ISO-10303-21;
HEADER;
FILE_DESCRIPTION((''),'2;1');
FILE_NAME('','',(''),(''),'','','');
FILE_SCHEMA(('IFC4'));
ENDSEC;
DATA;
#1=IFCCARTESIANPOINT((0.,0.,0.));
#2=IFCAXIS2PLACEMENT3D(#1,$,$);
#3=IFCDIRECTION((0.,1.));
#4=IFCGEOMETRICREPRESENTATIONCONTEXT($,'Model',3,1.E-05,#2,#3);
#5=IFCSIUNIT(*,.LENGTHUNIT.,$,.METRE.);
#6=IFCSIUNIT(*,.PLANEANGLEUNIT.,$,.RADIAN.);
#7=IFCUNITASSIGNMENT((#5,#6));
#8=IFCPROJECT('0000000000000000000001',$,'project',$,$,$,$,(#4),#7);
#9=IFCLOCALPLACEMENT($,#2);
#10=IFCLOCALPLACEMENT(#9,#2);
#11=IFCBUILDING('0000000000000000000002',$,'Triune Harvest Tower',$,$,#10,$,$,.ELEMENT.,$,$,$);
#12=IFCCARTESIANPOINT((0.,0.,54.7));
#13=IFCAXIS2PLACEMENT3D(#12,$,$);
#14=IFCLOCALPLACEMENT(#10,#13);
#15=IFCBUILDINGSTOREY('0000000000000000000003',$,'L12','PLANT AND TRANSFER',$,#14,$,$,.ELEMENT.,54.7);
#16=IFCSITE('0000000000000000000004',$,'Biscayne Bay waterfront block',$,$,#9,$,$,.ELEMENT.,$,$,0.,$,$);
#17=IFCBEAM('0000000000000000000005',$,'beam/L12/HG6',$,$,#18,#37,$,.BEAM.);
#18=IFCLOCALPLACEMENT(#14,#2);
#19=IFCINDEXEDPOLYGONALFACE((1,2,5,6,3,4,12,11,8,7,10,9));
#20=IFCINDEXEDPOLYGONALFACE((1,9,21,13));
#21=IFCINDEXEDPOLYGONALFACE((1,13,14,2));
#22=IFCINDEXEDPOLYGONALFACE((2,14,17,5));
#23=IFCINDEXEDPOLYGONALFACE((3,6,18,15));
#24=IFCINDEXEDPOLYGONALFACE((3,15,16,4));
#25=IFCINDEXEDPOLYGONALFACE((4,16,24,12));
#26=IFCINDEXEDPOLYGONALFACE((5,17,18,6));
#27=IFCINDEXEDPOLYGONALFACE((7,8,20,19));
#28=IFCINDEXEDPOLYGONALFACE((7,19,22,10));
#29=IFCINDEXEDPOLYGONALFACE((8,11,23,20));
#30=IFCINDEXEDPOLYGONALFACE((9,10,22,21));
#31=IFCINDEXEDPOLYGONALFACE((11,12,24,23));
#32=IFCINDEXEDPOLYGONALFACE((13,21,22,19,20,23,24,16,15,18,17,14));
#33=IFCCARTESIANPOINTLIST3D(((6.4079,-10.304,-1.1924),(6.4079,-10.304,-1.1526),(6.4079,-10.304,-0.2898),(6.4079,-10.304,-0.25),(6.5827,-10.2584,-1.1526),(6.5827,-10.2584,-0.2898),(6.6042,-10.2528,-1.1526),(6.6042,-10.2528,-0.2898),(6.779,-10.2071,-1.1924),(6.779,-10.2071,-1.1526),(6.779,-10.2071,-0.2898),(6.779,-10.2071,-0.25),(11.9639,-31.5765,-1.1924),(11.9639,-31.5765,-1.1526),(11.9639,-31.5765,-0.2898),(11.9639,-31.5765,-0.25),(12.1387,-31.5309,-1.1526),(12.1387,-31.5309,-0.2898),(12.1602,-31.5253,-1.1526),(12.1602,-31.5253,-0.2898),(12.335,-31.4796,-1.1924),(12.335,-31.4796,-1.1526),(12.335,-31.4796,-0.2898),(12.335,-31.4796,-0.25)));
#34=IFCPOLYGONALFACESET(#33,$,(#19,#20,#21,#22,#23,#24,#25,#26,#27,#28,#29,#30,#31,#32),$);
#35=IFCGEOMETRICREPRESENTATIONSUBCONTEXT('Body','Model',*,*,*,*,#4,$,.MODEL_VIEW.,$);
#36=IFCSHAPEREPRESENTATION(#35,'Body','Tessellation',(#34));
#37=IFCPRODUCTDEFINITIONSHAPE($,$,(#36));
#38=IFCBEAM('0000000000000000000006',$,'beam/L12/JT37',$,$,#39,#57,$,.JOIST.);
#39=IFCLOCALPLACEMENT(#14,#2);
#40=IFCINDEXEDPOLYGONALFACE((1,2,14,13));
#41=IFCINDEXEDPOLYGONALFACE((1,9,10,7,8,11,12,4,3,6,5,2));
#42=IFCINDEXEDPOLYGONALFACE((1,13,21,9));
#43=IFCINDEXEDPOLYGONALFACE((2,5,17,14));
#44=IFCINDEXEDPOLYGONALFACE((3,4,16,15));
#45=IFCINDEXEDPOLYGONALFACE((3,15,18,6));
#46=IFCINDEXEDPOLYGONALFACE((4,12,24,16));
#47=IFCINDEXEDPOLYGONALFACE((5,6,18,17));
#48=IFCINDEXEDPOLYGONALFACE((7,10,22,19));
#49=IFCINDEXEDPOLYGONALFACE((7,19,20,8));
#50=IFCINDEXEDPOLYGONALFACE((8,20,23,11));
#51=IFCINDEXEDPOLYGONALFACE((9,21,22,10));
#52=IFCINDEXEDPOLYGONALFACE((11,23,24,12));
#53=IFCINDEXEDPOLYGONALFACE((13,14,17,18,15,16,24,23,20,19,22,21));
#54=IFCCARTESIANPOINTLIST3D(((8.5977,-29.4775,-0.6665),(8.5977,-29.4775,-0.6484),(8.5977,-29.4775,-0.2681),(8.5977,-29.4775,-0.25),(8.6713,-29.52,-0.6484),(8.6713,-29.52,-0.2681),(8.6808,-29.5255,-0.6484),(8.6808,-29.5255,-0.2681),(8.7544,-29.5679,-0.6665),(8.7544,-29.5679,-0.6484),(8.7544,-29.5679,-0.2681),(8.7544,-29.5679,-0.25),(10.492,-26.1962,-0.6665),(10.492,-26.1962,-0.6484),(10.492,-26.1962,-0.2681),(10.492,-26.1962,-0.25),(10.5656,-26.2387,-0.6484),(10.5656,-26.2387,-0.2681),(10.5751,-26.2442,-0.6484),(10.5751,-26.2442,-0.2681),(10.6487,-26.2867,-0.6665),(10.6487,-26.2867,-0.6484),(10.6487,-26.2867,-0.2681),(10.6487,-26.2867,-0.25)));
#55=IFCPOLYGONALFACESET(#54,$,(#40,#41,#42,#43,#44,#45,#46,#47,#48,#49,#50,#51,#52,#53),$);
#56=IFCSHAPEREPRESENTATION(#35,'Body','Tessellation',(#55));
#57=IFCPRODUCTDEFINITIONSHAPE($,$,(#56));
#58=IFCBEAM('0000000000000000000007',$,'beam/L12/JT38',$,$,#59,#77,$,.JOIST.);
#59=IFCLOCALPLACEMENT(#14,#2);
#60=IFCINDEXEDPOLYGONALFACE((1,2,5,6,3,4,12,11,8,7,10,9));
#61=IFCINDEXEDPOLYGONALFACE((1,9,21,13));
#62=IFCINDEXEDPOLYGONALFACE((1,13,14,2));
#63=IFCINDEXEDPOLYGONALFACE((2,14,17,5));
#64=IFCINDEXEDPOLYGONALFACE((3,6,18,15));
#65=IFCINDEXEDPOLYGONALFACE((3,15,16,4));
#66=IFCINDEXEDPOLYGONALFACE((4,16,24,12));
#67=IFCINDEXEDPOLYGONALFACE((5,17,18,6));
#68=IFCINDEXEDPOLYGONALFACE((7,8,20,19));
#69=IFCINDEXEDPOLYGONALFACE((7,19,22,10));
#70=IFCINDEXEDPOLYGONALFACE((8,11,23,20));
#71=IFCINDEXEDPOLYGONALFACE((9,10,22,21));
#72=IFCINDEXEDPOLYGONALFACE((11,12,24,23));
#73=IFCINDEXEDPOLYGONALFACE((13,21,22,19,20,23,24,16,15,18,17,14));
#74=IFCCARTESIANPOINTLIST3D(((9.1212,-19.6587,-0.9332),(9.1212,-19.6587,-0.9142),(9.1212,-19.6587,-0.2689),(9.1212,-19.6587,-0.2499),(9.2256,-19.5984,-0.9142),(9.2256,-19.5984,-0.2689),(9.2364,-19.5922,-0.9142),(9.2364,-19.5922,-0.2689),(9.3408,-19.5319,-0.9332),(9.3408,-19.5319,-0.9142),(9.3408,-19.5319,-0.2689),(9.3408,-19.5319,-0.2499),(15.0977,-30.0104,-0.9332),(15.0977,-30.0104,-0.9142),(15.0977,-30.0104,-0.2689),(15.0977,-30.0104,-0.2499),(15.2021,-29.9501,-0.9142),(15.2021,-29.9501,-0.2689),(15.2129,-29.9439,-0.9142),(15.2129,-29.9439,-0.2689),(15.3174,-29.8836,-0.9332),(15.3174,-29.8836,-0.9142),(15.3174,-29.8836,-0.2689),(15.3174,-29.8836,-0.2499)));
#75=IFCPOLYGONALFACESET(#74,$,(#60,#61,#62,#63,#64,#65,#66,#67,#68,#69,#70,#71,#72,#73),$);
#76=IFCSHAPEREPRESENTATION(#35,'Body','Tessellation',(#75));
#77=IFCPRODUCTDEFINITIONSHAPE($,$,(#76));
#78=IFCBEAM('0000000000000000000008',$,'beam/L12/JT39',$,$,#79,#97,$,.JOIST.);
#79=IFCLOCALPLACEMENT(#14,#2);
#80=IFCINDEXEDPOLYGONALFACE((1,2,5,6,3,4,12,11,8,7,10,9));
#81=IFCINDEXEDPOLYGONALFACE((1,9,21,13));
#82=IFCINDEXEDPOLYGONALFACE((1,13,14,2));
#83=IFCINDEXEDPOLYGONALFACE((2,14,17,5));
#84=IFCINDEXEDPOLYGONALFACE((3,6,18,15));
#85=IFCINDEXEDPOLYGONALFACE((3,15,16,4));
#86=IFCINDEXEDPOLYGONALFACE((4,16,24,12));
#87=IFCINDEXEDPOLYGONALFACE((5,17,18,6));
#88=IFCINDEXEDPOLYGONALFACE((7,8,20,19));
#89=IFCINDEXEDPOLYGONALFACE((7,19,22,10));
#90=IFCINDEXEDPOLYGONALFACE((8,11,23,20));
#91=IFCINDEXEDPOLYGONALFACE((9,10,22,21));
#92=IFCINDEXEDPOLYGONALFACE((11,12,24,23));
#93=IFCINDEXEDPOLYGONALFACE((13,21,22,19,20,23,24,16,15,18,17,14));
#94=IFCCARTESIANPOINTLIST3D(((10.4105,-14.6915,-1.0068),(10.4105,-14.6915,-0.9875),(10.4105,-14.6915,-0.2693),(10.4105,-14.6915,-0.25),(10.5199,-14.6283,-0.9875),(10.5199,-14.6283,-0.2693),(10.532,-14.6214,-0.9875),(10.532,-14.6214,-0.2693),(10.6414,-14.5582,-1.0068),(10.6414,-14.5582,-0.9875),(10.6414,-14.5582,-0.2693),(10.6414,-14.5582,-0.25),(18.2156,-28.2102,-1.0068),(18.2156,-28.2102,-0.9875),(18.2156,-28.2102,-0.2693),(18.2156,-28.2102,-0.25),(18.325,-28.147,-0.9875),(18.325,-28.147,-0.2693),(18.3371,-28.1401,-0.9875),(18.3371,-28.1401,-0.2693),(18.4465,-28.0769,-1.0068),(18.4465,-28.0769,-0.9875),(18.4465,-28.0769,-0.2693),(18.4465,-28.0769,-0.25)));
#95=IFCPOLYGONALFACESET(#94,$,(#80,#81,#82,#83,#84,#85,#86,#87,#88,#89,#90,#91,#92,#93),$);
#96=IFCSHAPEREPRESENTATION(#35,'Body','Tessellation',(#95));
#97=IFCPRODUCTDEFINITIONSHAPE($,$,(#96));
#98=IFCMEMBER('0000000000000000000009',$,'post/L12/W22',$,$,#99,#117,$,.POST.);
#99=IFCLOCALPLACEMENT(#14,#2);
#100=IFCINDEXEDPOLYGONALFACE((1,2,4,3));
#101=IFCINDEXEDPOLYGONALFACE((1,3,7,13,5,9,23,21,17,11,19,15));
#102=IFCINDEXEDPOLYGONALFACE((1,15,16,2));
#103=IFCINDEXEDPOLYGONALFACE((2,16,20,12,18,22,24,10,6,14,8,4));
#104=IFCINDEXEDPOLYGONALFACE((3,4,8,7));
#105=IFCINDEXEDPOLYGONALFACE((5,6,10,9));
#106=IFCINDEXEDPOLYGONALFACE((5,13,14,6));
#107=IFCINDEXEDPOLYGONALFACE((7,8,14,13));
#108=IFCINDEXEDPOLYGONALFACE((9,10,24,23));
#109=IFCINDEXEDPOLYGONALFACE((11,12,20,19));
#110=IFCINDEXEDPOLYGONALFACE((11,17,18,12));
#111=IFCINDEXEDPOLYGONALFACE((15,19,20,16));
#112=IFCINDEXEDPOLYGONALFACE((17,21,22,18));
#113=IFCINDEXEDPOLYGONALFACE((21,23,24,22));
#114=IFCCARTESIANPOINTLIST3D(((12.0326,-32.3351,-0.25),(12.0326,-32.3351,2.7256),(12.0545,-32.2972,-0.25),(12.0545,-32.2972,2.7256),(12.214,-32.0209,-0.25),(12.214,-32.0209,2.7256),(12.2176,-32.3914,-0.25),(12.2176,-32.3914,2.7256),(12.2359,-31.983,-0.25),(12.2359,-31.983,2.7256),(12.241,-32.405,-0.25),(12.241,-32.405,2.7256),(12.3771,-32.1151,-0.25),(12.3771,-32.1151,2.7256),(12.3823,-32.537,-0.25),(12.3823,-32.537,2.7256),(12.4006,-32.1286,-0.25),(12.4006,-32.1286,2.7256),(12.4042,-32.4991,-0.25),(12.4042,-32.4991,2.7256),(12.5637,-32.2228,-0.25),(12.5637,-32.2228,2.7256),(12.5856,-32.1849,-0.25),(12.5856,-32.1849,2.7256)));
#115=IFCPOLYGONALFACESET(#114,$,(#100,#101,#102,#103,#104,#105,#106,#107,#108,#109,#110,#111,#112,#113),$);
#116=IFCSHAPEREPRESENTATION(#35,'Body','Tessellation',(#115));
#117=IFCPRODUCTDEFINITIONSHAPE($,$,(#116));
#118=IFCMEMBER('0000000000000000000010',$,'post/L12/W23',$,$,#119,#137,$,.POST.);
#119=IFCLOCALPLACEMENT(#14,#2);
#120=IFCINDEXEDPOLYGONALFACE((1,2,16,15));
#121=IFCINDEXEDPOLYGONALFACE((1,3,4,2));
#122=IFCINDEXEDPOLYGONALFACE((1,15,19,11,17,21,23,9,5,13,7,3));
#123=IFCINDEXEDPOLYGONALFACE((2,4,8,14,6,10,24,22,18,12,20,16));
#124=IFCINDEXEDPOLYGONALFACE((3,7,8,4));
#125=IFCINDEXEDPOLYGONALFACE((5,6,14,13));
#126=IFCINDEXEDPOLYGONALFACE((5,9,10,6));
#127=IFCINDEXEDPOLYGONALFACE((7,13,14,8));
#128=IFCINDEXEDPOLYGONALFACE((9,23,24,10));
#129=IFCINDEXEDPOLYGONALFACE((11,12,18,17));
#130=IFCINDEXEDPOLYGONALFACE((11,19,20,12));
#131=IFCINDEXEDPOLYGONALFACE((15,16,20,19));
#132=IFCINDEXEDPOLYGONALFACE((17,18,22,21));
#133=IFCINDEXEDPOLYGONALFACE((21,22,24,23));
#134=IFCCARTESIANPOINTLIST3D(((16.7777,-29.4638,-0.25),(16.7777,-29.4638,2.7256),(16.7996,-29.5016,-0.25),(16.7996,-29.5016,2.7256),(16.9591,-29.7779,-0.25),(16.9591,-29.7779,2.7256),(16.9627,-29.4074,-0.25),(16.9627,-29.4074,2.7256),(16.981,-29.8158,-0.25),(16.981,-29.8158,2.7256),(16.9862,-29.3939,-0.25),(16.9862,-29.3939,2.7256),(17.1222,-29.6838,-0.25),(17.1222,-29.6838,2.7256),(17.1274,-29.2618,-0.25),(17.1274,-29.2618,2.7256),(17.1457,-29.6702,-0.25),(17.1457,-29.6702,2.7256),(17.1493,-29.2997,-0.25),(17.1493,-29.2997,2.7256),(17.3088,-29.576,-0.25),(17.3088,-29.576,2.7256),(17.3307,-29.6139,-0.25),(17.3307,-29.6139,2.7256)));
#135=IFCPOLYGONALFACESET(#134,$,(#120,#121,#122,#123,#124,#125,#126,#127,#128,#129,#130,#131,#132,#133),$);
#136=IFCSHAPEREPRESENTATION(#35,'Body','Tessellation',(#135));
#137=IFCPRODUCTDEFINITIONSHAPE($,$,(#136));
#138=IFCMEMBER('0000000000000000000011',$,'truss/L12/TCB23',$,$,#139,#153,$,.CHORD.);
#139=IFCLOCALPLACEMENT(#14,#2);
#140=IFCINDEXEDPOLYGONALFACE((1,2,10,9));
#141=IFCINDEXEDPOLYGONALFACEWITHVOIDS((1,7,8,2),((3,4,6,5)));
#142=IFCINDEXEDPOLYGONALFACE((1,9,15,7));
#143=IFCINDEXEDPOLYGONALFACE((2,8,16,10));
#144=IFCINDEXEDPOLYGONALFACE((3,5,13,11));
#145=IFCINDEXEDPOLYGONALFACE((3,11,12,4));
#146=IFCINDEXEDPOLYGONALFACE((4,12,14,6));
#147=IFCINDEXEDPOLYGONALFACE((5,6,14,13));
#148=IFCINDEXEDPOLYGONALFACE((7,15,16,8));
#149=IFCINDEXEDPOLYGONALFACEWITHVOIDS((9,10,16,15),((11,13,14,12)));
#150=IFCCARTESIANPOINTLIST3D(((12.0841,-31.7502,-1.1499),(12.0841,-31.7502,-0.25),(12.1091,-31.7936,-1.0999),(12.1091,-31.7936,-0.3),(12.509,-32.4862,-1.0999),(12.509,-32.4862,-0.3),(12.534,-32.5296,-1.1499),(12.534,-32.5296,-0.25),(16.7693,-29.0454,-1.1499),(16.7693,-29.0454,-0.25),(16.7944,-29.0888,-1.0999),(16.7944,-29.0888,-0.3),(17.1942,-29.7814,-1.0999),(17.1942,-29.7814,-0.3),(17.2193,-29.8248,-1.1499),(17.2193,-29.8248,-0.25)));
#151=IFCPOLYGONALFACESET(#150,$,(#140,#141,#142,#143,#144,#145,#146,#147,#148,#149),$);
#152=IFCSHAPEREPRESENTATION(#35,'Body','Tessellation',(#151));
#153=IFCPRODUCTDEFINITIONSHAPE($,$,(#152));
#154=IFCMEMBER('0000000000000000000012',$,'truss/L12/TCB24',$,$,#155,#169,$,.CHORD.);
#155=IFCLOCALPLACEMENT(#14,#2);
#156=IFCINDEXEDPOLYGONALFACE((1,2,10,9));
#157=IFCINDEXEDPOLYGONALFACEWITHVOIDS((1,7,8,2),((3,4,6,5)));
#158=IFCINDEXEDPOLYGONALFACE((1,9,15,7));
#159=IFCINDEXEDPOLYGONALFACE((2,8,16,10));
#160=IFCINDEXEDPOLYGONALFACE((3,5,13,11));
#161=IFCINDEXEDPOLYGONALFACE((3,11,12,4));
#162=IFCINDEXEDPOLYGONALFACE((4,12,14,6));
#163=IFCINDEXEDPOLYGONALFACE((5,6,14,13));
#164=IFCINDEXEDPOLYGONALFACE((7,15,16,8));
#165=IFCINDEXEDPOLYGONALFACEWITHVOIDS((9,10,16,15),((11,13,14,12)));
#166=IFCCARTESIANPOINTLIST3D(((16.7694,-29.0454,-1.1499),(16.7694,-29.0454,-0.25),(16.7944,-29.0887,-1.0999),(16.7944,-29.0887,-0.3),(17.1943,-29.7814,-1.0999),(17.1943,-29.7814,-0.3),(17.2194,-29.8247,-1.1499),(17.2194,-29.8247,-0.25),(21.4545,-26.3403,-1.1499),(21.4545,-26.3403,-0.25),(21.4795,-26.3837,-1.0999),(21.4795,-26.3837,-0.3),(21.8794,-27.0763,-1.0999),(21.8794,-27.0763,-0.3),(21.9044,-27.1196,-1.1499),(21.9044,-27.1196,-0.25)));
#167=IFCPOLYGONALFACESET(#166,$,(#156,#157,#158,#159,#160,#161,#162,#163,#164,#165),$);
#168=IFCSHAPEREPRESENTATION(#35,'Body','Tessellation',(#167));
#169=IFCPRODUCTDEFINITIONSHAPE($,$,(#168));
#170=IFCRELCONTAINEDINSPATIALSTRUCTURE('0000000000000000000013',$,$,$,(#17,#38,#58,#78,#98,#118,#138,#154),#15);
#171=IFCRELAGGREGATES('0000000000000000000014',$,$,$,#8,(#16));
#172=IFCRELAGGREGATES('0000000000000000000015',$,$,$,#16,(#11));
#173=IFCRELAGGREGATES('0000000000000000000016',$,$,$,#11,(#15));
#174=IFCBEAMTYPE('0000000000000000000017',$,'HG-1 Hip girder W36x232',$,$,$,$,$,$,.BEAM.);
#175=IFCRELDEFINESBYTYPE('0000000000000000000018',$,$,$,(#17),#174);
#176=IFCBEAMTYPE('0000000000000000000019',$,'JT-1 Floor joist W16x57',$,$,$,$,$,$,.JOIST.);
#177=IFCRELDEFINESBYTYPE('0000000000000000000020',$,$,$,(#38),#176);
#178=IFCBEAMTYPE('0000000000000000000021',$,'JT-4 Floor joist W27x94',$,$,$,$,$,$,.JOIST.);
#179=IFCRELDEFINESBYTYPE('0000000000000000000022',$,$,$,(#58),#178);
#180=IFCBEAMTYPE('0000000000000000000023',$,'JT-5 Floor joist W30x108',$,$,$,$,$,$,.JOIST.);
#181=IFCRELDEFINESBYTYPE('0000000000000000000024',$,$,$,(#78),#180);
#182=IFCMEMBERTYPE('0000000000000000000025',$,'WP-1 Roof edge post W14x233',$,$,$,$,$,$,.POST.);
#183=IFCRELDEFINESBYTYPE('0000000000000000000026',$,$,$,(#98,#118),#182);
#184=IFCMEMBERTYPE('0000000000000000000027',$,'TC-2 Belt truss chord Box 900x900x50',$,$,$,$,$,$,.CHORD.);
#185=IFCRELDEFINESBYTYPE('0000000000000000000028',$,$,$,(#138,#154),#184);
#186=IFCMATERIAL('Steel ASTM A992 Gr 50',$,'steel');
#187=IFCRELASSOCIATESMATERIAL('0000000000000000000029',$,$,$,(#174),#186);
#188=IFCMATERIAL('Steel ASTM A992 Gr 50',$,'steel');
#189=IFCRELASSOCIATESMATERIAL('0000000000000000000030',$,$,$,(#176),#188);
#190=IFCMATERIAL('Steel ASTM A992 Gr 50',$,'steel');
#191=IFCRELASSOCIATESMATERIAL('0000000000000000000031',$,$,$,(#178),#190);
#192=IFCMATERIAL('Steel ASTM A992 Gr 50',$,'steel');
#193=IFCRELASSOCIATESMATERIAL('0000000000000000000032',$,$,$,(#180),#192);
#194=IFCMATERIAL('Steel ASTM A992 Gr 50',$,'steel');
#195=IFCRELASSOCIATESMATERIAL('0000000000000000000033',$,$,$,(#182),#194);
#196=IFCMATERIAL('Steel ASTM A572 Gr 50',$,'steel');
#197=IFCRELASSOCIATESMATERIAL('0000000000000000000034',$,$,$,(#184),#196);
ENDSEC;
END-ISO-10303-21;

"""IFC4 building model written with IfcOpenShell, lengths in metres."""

from ifc_helpers import new_model, si_unit, direction, frame, origin, origin_2d, place, context, subcontext, project, spatial, hollow_rectangle, i_section, extrude, source, transform, mapped, material, material_profile, profile_set, type_object, element, save


model = new_model("IFC4")

# Units and contexts
model_context = context("Model", 3, precision=1e-05, world=origin(), true_north=direction((0.0, 1.0)))
body_context = subcontext(model_context, "Body", "Model", "MODEL_VIEW")
ifc_project = project(units=[si_unit("LENGTHUNIT", "METRE"), si_unit("PLANEANGLEUNIT", "RADIAN")], contexts=[model_context])

# Site, building, storey
site_placement = place(None, origin())
site = spatial("IfcSite", under=ifc_project, at=site_placement, Name="Biscayne Bay waterfront block", CompositionType="ELEMENT", RefElevation=0.0)
building_placement = place(site_placement, origin())
building = spatial("IfcBuilding", under=site, at=building_placement, Name="Triune Harvest Tower", CompositionType="ELEMENT")
storey_placement = place(building_placement, frame((0.0, 0.0, 54.7)))
storey = spatial("IfcBuildingStorey", under=building, at=storey_placement, Name="L12", Description="PLANT AND TRANSFER", CompositionType="ELEMENT", Elevation=54.7)

# Beams
ifc_material_1 = material(Name="Steel ASTM A992 Gr 50", Category="steel")
ifc_material_profile_1 = material_profile(ifc_material_1, i_section(OverallWidth=0.3835, OverallDepth=0.9424, WebThickness=0.0222, FlangeThickness=0.0398, at=origin_2d()), Name="W36x232")
ifc_profile_set_1 = profile_set([ifc_material_profile_1], Name="Steel ASTM A992 Gr 50")
beam_type_1 = type_object("IfcBeamType", Name="HG-1 Hip girder W36x232", PredefinedType="BEAM", material=ifc_profile_set_1)
beam_1_placement = place(storey_placement, frame((12.1494, -31.5281, -0.7212), z_axis=(-0.252702, 0.967544, 0.0), x_axis=(-0.967544, -0.252702, 0.0)))
element("IfcBeam", 1, at=beam_1_placement, inside=storey, type_object=beam_type_1, Name="beam/L12/HG6", PredefinedType="BEAM", context=body_context, shape_type="SweptSolid", body=[
    extrude(i_section(OverallWidth=0.3835, OverallDepth=0.9424, WebThickness=0.0222, FlangeThickness=0.0398, at=origin_2d()), origin(), (0.0, 0.0, 1.0), 21.9861),
])
ifc_material_2 = material(Name="Steel ASTM A992 Gr 50", Category="steel")
ifc_material_profile_2 = material_profile(ifc_material_2, i_section(OverallWidth=0.1809, OverallDepth=0.4165, WebThickness=0.011, FlangeThickness=0.0181, at=origin_2d()), Name="W16x57")
ifc_profile_set_2 = profile_set([ifc_material_profile_2], Name="Steel ASTM A992 Gr 50")
beam_type_2 = type_object("IfcBeamType", Name="JT-1 Floor joist W16x57", PredefinedType="JOIST", material=ifc_profile_set_2)
shared_shape_1 = source(origin(), body_context, "Body", "SweptSolid", [
    extrude(i_section(OverallWidth=0.1809, OverallDepth=0.4165, WebThickness=0.011, FlangeThickness=0.0181, at=origin_2d()), origin(), (0.0, 0.0, 1.0), 3.7888),
])
beam_2_placement = place(storey_placement, frame((8.676, -29.5227, -0.4583), z_axis=(0.499972, 0.866042, 0.0), x_axis=(-0.866042, 0.499972, 0.0)))
element("IfcBeam", 2, at=beam_2_placement, inside=storey, type_object=beam_type_2, Name="beam/L12/JT37", PredefinedType="JOIST", context=body_context, shape_type="MappedRepresentation", body=[
    mapped(shared_shape_1, transform((0.0, 0.0, 0.0), scale=1.0)),
])
ifc_material_3 = material(Name="Steel ASTM A992 Gr 50", Category="steel")
ifc_material_profile_3 = material_profile(ifc_material_3, i_section(OverallWidth=0.2537, OverallDepth=0.6833, WebThickness=0.0125, FlangeThickness=0.019, at=origin_2d()), Name="W27x94")
ifc_profile_set_3 = profile_set([ifc_material_profile_3], Name="Steel ASTM A992 Gr 50")
beam_type_3 = type_object("IfcBeamType", Name="JT-4 Floor joist W27x94", PredefinedType="JOIST", material=ifc_profile_set_3)
shared_shape_2 = source(origin(), body_context, "Body", "SweptSolid", [
    extrude(i_section(OverallWidth=0.2537, OverallDepth=0.6833, WebThickness=0.0125, FlangeThickness=0.019, at=origin_2d()), origin(), (0.0, 0.0, 1.0), 11.9531),
])
beam_3_placement = place(storey_placement, frame((15.2075, -29.947, -0.5916), z_axis=(-0.499996, 0.866027, 0.0), x_axis=(-0.866027, -0.499996, 0.0)))
element("IfcBeam", 3, at=beam_3_placement, inside=storey, type_object=beam_type_3, Name="beam/L12/JT38", PredefinedType="JOIST", context=body_context, shape_type="MappedRepresentation", body=[
    mapped(shared_shape_2, transform((0.0, 0.0, 0.0), scale=1.0)),
])
ifc_material_4 = material(Name="Steel ASTM A992 Gr 50", Category="steel")
ifc_material_profile_4 = material_profile(ifc_material_4, i_section(OverallWidth=0.2666, OverallDepth=0.7568, WebThickness=0.0139, FlangeThickness=0.0193, at=origin_2d()), Name="W30x108")
ifc_profile_set_4 = profile_set([ifc_material_profile_4], Name="Steel ASTM A992 Gr 50")
beam_type_4 = type_object("IfcBeamType", Name="JT-5 Floor joist W30x108", PredefinedType="JOIST", material=ifc_profile_set_4)
shared_shape_3 = source(origin(), body_context, "Body", "SweptSolid", [
    extrude(i_section(OverallWidth=0.2666, OverallDepth=0.7568, WebThickness=0.0139, FlangeThickness=0.0193, at=origin_2d()), origin(), (0.0, 0.0, 1.0), 15.6101),
])
beam_4_placement = place(storey_placement, frame((18.3311, -28.1436, -0.6284), z_axis=(-0.500004, 0.866023, 0.0), x_axis=(-0.866023, -0.500004, 0.0)))
element("IfcBeam", 4, at=beam_4_placement, inside=storey, type_object=beam_type_4, Name="beam/L12/JT39", PredefinedType="JOIST", context=body_context, shape_type="MappedRepresentation", body=[
    mapped(shared_shape_3, transform((0.0, 0.0, 0.0), scale=1.0)),
])

# Members
ifc_material_5 = material(Name="Steel ASTM A992 Gr 50", Category="steel")
ifc_material_profile_5 = material_profile(ifc_material_5, i_section(OverallWidth=0.4038, OverallDepth=0.4065, WebThickness=0.0271, FlangeThickness=0.0437, at=origin_2d()), Name="W14x233")
ifc_profile_set_5 = profile_set([ifc_material_profile_5], Name="Steel ASTM A992 Gr 50")
member_type_1 = type_object("IfcMemberType", Name="WP-1 Roof edge post W14x233", PredefinedType="POST", material=ifc_profile_set_5)
shared_shape_4 = source(origin(), body_context, "Body", "SweptSolid", [
    extrude(i_section(OverallWidth=0.4038, OverallDepth=0.4065, WebThickness=0.0271, FlangeThickness=0.0437, at=origin_2d()), origin(), (0.0, 0.0, 1.0), 2.9756),
])
for number, where, z_axis, x_axis, name in (
    (5, (12.3091, -32.26, -0.25), (0.0, 0.0, 1.0), (0.866025, -0.5, 0.0), "post/L12/W22"),
    (6, (17.0542, -29.5388, -0.25), (0.0, 0.0, 1.0), (0.866026, 0.499998, 0.0), "post/L12/W23"),
):
    element("IfcMember", number, at=place(storey_placement, frame(where, z_axis=z_axis, x_axis=x_axis)), inside=storey, type_object=member_type_1, Name=name, PredefinedType="POST", context=body_context, shape_type="MappedRepresentation", body=[
        mapped(shared_shape_4, transform((0.0, 0.0, 0.0), scale=1.0)),
    ])
ifc_material_6 = material(Name="Steel ASTM A572 Gr 50", Category="steel")
ifc_material_profile_6 = material_profile(ifc_material_6, hollow_rectangle(XDim=0.8999, YDim=0.8999, WallThickness=0.05, at=origin_2d()), Name="Box 900x900x50")
ifc_profile_set_6 = profile_set([ifc_material_profile_6], Name="Steel ASTM A572 Gr 50")
member_type_2 = type_object("IfcMemberType", Name="TC-2 Belt truss chord Box 900x900x50", PredefinedType="CHORD", material=ifc_profile_set_6)
shared_shape_5 = source(origin(), body_context, "Body", "SweptSolid", [
    extrude(hollow_rectangle(XDim=0.8999, YDim=0.8999, WallThickness=0.05, at=origin_2d()), origin(), (0.0, 0.0, 1.0), 5.4099),
])
for number, where, z_axis, x_axis, name in (
    (7, (12.3091, -32.1399, -0.7), (0.866044, 0.499969, 0.0), (-0.499969, 0.866044, 0.0), "truss/L12/TCB23"),
    (8, (16.9944, -29.4351, -0.7), (0.866013, 0.500022, 0.0), (-0.500022, 0.866013, 0.0), "truss/L12/TCB24"),
):
    element("IfcMember", number, at=place(storey_placement, frame(where, z_axis=z_axis, x_axis=x_axis)), inside=storey, type_object=member_type_2, Name=name, PredefinedType="CHORD", context=body_context, shape_type="MappedRepresentation", body=[
        mapped(shared_shape_5, transform((0.0, 0.0, 0.0), scale=1.0)),
    ])

save(model, "model.ifc")
